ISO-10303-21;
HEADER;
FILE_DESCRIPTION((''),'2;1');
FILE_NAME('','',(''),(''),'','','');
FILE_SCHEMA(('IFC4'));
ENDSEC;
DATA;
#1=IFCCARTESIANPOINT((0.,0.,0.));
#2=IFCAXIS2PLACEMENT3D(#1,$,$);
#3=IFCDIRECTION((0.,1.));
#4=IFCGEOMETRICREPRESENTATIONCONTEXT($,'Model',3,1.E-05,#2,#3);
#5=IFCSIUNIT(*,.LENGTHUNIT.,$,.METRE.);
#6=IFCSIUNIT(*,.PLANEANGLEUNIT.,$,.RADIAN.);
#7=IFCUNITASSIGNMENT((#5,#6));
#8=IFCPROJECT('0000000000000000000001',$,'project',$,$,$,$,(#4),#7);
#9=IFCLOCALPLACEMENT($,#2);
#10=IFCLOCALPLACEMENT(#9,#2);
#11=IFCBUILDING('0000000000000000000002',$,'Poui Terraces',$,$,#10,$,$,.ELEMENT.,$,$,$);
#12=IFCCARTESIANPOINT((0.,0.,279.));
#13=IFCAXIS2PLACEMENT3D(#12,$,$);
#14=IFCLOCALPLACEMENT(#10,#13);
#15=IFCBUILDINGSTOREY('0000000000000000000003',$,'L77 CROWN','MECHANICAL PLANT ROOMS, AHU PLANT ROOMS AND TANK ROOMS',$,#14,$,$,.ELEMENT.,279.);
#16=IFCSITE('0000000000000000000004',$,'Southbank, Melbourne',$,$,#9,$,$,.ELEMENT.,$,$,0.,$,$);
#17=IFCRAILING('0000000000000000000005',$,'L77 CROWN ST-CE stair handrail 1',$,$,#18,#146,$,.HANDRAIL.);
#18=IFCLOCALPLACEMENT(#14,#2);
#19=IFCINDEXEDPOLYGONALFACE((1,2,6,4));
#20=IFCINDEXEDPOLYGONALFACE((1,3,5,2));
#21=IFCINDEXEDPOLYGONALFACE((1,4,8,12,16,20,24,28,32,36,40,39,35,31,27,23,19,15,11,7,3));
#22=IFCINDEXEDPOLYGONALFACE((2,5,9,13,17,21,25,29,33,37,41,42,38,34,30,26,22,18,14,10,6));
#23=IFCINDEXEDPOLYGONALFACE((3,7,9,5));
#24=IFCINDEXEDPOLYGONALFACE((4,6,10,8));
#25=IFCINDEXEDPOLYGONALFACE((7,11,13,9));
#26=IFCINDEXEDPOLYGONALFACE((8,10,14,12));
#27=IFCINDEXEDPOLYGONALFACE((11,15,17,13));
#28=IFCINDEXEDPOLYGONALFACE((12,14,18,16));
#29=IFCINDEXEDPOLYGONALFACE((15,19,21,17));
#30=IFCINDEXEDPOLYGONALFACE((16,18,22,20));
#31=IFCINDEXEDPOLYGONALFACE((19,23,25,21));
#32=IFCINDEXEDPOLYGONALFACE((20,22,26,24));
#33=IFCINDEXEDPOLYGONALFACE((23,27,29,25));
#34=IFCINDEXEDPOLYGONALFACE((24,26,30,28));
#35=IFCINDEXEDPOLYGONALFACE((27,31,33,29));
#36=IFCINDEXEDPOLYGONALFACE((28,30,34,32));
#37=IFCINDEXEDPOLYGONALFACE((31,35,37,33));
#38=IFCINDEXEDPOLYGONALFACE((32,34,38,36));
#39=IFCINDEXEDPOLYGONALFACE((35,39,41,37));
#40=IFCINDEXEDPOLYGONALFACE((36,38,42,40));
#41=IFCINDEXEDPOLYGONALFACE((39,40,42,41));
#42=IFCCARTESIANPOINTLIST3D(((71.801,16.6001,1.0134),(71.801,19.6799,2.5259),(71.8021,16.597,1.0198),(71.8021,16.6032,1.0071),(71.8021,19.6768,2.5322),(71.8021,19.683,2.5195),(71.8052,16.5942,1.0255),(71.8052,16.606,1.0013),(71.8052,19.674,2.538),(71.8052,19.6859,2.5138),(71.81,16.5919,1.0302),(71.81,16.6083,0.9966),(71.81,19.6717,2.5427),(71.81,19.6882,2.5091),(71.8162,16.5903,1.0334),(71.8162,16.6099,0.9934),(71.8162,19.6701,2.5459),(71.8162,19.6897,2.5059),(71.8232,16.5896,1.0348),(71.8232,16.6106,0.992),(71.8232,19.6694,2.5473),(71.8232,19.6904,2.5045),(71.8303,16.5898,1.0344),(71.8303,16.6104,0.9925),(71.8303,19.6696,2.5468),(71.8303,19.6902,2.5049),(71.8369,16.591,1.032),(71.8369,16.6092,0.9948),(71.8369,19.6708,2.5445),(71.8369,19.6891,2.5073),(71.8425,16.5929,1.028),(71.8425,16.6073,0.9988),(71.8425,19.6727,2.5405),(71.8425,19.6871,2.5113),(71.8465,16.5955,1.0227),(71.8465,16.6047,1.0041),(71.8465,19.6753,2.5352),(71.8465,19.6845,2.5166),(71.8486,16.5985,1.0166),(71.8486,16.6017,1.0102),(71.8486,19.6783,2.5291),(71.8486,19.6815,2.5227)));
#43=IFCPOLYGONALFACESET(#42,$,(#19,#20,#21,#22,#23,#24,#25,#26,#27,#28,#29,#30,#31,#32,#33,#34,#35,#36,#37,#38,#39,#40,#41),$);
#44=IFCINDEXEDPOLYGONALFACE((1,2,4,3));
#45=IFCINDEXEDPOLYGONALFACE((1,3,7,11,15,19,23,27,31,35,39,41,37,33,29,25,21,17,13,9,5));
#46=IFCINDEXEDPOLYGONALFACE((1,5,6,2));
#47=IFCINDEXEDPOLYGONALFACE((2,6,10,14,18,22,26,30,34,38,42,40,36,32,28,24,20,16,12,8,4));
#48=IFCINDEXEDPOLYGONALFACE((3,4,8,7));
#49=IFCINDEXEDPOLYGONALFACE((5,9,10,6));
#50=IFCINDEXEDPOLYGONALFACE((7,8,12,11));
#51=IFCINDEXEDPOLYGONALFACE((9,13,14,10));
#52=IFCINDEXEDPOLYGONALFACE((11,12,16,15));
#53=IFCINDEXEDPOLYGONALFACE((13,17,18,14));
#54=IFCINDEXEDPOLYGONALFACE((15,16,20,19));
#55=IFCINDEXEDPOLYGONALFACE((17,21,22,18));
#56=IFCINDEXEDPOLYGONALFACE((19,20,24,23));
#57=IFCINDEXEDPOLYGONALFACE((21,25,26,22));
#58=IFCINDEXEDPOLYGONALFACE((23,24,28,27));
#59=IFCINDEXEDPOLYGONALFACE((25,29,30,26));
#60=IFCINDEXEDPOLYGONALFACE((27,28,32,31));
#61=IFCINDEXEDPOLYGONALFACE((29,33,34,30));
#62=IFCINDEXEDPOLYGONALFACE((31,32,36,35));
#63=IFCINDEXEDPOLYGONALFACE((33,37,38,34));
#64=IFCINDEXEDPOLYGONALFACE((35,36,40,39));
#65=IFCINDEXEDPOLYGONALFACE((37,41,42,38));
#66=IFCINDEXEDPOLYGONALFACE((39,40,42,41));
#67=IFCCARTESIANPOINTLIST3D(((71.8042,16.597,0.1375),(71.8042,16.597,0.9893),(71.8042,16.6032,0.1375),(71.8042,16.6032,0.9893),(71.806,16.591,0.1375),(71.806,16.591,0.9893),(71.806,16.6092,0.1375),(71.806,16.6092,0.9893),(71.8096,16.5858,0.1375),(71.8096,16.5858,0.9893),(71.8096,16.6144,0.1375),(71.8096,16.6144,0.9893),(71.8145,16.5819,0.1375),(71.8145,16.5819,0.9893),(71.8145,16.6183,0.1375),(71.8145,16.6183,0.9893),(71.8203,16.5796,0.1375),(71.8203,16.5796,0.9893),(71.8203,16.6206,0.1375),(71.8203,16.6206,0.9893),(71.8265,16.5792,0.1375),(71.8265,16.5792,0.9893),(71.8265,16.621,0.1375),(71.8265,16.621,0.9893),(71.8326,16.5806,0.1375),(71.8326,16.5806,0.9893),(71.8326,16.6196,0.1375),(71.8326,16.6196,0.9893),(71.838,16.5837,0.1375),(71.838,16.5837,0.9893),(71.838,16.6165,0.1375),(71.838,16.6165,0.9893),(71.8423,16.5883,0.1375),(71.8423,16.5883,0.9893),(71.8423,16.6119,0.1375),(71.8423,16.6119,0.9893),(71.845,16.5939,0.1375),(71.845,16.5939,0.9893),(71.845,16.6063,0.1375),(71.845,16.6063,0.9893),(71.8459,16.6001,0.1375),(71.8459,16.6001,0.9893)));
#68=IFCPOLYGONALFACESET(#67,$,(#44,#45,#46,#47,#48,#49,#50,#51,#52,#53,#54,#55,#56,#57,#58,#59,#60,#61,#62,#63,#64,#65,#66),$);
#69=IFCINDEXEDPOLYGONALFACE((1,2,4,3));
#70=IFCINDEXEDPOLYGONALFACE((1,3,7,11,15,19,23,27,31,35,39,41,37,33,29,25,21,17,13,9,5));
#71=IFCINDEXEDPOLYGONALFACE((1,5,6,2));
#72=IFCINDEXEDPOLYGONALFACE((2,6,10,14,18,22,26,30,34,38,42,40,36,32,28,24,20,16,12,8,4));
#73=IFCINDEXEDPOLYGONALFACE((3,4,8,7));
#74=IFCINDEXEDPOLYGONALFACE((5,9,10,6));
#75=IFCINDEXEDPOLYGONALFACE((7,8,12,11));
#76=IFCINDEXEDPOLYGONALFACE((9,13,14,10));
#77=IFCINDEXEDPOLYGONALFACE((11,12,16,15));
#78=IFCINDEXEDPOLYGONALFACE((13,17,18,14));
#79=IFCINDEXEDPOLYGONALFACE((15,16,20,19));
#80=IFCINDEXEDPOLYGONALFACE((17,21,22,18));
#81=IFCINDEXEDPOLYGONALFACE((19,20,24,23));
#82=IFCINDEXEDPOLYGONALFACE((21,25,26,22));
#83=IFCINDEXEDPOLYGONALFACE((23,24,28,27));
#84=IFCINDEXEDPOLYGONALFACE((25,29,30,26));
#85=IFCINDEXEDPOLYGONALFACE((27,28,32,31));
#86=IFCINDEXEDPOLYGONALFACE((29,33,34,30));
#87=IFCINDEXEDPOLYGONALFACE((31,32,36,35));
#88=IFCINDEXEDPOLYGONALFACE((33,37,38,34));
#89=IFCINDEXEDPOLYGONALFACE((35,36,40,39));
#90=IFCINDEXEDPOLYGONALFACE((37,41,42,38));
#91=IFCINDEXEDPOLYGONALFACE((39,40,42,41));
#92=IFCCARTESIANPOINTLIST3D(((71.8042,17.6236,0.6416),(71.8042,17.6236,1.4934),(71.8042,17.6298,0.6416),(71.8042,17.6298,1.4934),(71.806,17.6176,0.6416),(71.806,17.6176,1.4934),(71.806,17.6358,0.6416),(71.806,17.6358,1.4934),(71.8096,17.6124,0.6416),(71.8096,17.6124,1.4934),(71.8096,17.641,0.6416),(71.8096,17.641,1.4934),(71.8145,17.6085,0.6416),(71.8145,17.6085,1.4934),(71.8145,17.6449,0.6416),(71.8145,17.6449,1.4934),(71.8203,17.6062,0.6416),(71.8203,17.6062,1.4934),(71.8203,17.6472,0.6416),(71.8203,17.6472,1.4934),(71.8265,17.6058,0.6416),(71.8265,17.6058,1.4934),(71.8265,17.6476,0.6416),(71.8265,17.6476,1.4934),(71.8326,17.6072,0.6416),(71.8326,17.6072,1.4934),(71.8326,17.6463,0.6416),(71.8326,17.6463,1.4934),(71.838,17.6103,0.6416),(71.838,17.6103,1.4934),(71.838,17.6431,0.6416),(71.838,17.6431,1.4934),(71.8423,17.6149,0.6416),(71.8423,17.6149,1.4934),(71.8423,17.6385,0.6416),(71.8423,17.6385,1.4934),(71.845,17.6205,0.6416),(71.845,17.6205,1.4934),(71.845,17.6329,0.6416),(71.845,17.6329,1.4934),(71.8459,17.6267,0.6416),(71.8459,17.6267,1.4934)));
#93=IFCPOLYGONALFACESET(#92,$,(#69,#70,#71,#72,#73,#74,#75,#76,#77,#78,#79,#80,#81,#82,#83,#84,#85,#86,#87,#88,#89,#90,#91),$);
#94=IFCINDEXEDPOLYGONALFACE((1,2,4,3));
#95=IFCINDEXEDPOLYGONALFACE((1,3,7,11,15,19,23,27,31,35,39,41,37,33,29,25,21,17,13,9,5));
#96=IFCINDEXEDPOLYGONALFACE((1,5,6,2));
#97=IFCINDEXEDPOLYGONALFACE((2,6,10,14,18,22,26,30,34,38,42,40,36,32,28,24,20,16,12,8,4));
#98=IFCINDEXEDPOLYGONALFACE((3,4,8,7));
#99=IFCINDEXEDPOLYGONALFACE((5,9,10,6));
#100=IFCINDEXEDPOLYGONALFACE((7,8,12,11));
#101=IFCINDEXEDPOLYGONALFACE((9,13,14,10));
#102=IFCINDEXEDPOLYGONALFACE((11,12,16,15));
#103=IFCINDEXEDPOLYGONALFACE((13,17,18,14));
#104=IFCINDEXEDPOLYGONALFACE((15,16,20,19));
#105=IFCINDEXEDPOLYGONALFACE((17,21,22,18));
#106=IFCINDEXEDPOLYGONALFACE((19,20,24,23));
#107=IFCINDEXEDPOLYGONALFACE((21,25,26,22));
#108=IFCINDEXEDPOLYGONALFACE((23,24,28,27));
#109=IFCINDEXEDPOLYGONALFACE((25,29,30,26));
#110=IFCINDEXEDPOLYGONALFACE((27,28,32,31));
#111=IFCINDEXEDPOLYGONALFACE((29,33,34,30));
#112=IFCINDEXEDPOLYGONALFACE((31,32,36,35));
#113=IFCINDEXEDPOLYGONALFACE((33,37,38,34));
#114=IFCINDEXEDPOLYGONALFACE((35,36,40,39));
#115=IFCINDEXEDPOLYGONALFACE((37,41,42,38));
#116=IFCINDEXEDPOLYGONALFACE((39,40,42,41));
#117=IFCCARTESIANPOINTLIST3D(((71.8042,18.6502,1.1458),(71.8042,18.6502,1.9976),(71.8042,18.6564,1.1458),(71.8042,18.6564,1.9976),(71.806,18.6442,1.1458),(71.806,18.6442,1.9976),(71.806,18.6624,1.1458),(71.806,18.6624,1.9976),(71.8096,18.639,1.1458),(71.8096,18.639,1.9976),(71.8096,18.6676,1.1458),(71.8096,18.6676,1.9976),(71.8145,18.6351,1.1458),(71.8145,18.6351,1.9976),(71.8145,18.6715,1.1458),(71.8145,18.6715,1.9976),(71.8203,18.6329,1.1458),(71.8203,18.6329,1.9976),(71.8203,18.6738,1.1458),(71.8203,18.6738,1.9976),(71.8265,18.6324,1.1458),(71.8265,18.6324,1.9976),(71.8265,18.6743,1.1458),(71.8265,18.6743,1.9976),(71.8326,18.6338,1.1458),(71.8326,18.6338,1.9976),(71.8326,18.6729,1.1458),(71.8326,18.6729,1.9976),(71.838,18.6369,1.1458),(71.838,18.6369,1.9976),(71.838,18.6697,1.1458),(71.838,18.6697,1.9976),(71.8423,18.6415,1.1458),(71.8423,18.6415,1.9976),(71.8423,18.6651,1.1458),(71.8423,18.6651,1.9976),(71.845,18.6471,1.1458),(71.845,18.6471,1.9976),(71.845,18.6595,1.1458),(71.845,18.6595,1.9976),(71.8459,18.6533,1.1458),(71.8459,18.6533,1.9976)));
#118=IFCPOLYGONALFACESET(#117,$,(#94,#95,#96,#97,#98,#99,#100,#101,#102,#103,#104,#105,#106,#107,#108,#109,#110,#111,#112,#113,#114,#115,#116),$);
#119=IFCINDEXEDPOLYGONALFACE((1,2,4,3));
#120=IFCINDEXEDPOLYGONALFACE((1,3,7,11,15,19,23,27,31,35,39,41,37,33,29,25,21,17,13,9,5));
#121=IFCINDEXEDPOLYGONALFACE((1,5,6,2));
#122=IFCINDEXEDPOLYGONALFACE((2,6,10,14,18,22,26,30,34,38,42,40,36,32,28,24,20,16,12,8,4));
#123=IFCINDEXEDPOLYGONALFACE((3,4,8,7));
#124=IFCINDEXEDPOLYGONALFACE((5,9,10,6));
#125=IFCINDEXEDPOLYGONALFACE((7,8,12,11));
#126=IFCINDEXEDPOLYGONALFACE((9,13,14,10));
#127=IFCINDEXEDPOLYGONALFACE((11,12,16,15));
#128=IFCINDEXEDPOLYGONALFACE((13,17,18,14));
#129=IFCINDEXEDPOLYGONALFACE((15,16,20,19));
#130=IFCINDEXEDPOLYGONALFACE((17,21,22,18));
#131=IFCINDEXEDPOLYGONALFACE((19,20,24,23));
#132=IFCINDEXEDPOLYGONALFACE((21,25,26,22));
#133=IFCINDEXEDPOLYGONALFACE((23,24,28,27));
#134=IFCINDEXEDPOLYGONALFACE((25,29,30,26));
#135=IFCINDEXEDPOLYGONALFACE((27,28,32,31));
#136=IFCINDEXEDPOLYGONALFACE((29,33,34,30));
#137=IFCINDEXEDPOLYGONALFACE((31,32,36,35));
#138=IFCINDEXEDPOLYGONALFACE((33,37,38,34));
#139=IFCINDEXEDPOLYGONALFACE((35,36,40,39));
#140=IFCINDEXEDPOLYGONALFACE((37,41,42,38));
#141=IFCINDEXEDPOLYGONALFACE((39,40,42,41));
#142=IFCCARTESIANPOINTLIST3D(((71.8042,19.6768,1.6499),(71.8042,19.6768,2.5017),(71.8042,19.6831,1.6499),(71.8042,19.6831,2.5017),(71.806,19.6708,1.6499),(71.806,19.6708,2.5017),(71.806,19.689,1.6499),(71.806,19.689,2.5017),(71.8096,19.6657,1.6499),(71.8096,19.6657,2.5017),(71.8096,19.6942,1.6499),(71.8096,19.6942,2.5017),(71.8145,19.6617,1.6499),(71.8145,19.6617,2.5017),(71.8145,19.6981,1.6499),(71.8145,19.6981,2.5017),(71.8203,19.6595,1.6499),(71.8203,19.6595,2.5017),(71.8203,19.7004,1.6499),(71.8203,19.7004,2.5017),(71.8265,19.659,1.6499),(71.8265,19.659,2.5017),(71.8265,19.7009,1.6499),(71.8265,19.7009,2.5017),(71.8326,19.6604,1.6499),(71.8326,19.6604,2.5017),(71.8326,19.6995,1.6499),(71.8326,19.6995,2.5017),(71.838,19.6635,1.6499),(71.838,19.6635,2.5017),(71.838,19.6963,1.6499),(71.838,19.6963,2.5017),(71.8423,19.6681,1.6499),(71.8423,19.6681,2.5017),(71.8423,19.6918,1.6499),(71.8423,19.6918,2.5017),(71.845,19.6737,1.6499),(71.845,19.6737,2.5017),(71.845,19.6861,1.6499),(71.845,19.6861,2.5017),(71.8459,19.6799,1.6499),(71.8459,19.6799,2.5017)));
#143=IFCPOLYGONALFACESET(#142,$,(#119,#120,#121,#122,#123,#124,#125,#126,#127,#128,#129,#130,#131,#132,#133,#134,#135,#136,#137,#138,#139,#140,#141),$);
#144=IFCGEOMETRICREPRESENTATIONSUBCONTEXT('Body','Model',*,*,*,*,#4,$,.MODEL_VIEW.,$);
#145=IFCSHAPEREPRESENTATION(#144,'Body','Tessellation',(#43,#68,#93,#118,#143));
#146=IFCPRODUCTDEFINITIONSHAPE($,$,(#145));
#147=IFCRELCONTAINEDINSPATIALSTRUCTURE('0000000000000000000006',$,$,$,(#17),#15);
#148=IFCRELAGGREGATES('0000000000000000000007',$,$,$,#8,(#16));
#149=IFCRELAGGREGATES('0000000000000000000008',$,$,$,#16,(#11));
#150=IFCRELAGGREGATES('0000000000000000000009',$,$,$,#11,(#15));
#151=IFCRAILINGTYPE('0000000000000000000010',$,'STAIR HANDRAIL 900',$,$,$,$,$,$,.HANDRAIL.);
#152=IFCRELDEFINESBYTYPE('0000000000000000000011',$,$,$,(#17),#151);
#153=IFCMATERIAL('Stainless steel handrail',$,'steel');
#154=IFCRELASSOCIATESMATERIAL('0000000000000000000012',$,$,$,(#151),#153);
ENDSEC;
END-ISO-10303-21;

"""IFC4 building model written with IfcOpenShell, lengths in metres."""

from ifc_helpers import new_model, si_unit, direction, frame, origin, origin_2d, place, context, subcontext, project, spatial, circle, extrude, material, type_object, element, save


model = new_model("IFC4")

# Units and contexts
model_context = context("Model", 3, precision=1e-05, world=origin(), true_north=direction((0.0, 1.0)))
body_context = subcontext(model_context, "Body", "Model", "MODEL_VIEW")
ifc_project = project(units=[si_unit("LENGTHUNIT", "METRE"), si_unit("PLANEANGLEUNIT", "RADIAN")], contexts=[model_context])

# Site, building, storey
site_placement = place(None, origin())
site = spatial("IfcSite", under=ifc_project, at=site_placement, Name="Southbank, Melbourne", CompositionType="ELEMENT", RefElevation=0.0)
building_placement = place(site_placement, origin())
building = spatial("IfcBuilding", under=site, at=building_placement, Name="Poui Terraces", CompositionType="ELEMENT")
storey_placement = place(building_placement, frame((0.0, 0.0, 279.0)))
storey = spatial("IfcBuildingStorey", under=building, at=storey_placement, Name="L77 CROWN", Description="MECHANICAL PLANT ROOMS, AHU PLANT ROOMS AND TANK ROOMS", CompositionType="ELEMENT", Elevation=279.0)

# Railing
ifc_material_1 = material(Name="Stainless steel handrail", Category="steel")
railing_type_1 = type_object("IfcRailingType", Name="STAIR HANDRAIL 900", PredefinedType="HANDRAIL", material=ifc_material_1)
for number, where, name in (
    (1, (71.825, 16.6001, 0.1375), "L77 CROWN ST-CE stair handrail 1"),
):
    element("IfcRailing", number, at=place(storey_placement, frame(where)), inside=storey, type_object=railing_type_1, Name=name, PredefinedType="HANDRAIL", context=body_context, shape_type="SweptSolid", body=[
        extrude(circle(Radius=0.0239, at=origin_2d()), frame((0.0, 0.0, 0.876), z_axis=(0.0, 0.897606, 0.440798), x_axis=(-1.0, 0.0, 0.0)), (0.0, 0.0, 1.0), 3.4312),
        extrude(circle(Radius=0.021, at=origin_2d()), origin(), (0.0, 0.0, 1.0), 0.8518),
        extrude(circle(Radius=0.021, at=origin_2d()), frame((0.0, 1.0266, 0.5042)), (0.0, 0.0, 1.0), 0.8518),
        extrude(circle(Radius=0.021, at=origin_2d()), frame((0.0, 2.0532, 1.0083)), (0.0, 0.0, 1.0), 0.8518),
        extrude(circle(Radius=0.021, at=origin_2d()), frame((0.0, 3.0798, 1.5125)), (0.0, 0.0, 1.0), 0.8518),
    ])

save(model, "model.ifc")
